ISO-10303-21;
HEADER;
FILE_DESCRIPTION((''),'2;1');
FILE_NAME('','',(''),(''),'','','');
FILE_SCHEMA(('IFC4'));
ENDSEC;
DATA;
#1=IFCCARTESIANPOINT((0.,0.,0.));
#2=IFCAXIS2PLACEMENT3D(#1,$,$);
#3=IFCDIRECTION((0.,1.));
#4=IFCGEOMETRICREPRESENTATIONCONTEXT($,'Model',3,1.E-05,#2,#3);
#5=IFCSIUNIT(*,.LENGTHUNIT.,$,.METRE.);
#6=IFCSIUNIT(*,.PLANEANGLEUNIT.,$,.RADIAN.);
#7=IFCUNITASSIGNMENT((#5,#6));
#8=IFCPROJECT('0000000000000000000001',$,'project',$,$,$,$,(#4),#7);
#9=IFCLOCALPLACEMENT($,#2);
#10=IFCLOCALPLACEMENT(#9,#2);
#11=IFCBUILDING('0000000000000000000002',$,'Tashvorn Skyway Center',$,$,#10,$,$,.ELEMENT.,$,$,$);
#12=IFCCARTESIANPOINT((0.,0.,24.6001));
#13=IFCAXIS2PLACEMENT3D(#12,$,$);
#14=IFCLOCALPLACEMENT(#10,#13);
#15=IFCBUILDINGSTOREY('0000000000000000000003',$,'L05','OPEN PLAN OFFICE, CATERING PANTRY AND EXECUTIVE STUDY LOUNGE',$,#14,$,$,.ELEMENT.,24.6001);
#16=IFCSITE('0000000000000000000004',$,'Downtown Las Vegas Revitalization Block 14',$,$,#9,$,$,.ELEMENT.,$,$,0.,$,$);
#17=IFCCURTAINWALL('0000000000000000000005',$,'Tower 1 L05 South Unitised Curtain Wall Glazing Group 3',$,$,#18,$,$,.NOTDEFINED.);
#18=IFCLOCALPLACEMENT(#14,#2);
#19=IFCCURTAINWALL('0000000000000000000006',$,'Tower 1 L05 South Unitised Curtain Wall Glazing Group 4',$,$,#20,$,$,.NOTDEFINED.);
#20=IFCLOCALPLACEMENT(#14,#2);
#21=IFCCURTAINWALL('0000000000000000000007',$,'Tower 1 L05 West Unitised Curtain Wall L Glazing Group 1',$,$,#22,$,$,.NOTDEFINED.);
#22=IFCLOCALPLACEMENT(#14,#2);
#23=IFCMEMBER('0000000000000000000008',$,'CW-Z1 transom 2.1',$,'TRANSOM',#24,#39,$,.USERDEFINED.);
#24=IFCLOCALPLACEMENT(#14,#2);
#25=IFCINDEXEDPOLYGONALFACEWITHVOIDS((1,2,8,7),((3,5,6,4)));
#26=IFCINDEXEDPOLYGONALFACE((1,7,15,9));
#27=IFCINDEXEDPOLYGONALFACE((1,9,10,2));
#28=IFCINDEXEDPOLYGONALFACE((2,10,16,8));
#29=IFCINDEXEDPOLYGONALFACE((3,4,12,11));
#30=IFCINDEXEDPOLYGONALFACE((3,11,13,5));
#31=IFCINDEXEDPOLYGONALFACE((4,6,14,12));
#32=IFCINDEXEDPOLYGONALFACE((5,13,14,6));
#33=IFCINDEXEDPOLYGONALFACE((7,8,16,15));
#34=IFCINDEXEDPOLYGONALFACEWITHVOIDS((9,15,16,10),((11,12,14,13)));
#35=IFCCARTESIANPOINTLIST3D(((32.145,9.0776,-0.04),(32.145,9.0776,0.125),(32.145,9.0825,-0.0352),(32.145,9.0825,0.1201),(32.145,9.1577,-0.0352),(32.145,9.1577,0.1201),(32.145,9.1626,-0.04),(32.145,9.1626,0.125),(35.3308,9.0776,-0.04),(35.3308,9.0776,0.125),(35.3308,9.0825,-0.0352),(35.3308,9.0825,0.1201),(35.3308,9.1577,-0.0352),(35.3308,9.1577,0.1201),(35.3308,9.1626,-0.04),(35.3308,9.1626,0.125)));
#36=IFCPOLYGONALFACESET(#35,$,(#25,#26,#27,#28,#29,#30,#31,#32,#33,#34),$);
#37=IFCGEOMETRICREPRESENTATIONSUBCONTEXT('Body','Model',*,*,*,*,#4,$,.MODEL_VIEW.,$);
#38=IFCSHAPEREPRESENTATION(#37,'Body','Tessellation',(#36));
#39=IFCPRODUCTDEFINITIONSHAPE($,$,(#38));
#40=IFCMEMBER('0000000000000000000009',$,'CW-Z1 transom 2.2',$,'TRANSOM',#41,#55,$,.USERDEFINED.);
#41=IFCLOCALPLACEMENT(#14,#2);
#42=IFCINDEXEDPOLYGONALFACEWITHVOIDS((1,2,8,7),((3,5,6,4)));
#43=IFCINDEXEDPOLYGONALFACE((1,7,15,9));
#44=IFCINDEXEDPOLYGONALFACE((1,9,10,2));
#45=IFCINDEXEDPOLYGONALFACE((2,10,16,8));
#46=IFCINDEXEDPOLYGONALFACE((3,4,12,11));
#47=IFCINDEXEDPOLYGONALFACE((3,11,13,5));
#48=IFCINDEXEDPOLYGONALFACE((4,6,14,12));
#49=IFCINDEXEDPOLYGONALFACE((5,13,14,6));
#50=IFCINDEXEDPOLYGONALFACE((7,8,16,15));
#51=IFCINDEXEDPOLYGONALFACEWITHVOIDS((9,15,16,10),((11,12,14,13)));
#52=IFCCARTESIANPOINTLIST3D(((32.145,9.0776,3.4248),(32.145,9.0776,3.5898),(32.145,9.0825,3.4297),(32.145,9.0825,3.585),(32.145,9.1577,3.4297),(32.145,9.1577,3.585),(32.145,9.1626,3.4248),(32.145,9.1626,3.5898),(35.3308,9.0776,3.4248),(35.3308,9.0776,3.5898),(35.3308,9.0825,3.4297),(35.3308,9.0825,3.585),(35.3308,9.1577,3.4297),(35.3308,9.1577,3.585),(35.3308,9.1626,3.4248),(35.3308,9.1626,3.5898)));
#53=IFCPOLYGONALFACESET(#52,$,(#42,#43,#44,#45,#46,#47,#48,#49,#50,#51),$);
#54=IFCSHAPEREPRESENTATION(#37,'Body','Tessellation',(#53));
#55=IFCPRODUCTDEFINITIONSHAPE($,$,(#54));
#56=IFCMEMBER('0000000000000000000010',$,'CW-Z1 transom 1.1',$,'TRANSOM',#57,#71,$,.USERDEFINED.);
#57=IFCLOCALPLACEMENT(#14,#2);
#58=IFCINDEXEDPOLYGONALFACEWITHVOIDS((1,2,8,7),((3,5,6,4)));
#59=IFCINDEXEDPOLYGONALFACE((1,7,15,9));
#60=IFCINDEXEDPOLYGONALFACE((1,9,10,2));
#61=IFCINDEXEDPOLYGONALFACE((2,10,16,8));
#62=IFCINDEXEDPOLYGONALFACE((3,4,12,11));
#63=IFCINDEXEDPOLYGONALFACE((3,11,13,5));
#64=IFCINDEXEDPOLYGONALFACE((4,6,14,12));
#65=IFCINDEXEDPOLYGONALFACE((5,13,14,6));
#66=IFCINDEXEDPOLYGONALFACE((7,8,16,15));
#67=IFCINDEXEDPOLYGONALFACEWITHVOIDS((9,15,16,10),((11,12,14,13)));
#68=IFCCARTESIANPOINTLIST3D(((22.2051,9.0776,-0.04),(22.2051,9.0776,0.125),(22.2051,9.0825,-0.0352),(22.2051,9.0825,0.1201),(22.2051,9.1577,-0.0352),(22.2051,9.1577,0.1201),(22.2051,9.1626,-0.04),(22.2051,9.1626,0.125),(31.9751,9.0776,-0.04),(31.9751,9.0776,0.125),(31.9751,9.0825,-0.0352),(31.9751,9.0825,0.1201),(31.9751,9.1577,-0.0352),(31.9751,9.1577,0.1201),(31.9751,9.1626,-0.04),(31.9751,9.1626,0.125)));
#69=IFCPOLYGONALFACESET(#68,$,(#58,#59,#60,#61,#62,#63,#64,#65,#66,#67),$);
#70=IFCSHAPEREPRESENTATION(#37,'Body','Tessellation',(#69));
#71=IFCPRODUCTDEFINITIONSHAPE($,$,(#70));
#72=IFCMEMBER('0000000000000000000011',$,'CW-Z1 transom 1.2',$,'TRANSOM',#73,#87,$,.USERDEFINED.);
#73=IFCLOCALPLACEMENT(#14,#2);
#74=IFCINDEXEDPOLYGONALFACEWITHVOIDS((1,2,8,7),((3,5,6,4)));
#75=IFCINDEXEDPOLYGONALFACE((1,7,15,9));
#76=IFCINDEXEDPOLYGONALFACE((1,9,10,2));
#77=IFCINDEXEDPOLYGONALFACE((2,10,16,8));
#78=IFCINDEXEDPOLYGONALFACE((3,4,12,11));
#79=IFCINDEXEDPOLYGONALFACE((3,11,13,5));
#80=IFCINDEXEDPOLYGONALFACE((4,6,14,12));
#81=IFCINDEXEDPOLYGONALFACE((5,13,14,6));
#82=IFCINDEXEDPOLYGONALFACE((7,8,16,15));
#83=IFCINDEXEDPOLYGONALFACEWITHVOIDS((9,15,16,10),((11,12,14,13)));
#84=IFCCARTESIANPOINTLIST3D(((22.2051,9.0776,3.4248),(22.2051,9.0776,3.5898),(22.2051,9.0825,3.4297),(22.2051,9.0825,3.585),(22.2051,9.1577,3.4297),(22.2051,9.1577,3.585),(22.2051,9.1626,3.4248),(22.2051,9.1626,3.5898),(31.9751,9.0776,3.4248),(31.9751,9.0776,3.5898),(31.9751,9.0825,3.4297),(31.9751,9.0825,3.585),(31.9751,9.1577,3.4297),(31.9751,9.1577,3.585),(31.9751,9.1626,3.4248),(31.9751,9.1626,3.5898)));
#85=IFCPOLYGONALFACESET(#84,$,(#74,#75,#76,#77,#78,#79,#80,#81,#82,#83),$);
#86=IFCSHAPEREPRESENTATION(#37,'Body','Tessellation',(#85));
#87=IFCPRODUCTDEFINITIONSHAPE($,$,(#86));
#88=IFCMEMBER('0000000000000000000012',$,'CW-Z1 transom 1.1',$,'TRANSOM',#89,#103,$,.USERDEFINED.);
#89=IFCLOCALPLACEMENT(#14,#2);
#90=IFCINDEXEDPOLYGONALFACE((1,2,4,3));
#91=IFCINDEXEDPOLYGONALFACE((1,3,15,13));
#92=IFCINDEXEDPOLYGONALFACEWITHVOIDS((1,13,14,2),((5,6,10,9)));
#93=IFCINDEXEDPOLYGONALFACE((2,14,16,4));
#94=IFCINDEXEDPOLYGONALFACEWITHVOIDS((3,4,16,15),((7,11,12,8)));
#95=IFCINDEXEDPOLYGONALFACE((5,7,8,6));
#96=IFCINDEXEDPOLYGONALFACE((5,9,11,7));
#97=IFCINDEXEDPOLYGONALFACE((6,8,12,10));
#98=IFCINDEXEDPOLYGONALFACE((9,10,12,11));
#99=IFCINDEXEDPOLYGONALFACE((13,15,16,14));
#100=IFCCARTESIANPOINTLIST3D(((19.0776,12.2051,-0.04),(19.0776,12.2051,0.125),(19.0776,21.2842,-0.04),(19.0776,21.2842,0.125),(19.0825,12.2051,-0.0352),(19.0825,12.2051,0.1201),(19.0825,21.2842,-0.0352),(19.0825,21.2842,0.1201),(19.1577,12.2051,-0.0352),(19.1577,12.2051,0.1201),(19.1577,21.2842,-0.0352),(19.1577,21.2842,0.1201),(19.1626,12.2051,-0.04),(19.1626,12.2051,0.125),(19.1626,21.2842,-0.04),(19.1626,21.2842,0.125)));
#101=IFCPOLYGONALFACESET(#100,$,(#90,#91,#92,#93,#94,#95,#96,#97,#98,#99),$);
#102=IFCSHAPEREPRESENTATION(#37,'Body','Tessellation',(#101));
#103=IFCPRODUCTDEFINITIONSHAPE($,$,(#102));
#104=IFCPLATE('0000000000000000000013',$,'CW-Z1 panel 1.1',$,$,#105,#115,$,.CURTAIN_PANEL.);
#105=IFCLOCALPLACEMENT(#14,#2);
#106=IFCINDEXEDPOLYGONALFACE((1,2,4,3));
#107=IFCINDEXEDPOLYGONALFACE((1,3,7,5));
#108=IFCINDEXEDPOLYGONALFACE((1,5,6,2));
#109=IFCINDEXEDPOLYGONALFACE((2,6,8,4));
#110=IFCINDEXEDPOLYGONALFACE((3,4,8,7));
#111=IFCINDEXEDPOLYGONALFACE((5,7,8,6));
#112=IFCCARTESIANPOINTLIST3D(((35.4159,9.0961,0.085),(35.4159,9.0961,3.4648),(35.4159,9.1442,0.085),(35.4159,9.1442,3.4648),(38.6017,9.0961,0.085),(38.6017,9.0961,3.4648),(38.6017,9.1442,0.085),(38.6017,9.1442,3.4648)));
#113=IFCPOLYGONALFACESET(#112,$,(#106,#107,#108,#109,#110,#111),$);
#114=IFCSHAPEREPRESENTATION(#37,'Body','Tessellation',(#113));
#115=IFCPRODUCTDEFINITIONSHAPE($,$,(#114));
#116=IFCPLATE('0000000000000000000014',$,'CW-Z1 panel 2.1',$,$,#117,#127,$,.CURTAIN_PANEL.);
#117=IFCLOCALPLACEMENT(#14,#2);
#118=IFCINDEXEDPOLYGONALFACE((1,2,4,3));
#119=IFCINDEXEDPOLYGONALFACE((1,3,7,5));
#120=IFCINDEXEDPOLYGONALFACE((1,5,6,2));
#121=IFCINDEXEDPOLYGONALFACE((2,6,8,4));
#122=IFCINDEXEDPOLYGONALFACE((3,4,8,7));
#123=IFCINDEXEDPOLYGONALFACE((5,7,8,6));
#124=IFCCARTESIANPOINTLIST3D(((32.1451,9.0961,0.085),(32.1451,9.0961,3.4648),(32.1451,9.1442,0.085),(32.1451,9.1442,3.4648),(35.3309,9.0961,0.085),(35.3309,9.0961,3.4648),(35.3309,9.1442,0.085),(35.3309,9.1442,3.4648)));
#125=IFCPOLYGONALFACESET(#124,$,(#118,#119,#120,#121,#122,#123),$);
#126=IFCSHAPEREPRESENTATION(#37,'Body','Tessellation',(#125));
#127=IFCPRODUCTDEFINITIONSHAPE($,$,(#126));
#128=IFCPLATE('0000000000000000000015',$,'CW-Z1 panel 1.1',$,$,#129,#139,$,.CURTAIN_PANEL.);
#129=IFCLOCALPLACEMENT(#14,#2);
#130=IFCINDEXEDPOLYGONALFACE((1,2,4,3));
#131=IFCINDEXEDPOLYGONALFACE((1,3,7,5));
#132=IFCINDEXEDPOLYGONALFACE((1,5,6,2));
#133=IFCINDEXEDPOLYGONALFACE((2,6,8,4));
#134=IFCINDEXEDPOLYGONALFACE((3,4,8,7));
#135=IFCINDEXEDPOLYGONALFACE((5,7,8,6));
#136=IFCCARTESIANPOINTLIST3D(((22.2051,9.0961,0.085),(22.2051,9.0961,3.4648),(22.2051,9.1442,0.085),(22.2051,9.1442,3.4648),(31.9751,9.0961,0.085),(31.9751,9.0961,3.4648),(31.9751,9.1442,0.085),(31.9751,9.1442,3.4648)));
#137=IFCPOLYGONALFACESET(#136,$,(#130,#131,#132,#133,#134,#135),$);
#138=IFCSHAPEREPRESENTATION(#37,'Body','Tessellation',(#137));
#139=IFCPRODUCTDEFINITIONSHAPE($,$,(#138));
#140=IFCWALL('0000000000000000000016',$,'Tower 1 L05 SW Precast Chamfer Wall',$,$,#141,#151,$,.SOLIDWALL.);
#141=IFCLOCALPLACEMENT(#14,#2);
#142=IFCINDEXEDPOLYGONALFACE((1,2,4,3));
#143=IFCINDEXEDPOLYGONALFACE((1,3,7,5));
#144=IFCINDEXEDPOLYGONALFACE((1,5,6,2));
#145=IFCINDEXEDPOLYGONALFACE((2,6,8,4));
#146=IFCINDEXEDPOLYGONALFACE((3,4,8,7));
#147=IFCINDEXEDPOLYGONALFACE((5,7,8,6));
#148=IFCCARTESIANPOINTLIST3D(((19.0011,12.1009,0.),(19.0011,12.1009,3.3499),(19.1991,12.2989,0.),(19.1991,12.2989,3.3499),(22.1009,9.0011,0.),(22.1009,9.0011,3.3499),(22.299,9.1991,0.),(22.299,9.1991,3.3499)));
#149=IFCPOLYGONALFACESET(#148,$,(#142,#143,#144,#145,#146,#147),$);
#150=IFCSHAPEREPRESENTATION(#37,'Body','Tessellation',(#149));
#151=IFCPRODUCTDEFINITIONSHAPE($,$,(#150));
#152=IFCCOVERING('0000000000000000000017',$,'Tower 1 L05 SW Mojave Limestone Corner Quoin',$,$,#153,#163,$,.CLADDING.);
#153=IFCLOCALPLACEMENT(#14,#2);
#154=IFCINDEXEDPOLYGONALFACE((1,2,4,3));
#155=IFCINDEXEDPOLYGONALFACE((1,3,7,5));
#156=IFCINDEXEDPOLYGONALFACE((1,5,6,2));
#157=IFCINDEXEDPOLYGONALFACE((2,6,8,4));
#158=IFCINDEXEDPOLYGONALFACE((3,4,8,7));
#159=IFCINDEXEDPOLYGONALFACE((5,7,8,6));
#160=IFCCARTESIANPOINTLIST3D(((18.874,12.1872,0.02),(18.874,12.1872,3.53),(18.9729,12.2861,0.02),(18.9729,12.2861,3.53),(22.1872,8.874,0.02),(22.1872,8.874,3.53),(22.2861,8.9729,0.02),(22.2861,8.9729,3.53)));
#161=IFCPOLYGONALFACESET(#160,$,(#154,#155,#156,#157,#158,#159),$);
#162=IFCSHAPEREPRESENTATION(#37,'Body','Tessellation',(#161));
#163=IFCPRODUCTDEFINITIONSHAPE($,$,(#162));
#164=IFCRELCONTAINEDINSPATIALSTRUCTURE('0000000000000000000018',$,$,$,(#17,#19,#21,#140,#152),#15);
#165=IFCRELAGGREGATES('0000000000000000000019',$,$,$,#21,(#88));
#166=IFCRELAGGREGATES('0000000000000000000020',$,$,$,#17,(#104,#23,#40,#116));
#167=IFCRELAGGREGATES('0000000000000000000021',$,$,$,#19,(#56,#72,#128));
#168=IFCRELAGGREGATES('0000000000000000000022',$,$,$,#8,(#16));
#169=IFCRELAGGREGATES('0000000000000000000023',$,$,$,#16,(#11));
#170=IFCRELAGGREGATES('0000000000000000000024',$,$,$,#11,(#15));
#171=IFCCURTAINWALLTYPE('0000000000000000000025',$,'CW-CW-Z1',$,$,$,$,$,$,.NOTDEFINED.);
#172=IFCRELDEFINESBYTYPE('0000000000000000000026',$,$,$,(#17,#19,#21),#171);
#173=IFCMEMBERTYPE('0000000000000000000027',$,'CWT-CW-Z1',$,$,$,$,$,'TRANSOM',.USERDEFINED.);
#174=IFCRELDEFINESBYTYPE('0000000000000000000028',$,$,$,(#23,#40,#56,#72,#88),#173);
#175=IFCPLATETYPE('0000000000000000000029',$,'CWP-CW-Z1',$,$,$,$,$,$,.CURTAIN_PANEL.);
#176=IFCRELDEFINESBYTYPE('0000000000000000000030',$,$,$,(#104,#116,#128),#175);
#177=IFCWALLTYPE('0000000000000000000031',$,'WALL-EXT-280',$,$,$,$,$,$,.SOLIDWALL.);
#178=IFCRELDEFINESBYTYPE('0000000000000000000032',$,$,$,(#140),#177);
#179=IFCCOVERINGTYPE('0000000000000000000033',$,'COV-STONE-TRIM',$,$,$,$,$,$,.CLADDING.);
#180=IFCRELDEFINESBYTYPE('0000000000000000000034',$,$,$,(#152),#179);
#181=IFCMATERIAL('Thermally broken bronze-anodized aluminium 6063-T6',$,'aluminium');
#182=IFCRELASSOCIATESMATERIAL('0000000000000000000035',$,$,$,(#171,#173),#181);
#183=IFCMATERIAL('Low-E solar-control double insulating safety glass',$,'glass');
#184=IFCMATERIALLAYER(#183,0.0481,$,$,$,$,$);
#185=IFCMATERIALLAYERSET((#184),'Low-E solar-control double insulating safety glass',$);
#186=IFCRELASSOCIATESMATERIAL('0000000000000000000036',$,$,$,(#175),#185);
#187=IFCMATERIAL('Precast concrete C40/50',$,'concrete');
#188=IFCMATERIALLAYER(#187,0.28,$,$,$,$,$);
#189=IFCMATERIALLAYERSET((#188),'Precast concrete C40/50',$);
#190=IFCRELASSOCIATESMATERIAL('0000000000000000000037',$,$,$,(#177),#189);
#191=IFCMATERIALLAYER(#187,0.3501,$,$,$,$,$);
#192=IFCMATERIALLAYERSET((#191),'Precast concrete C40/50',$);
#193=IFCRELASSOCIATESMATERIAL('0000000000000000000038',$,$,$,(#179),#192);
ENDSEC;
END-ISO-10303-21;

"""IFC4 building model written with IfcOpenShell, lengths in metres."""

from ifc_helpers import new_model, si_unit, direction, frame, frame_2d, origin, origin_2d, place, context, subcontext, project, spatial, rectangle, hollow_rectangle, extrude, material, layer, layer_set, material_profile, profile_set, type_object, element, aggregate, save


model = new_model("IFC4")

# Units and contexts
model_context = context("Model", 3, precision=1e-05, world=origin(), true_north=direction((0.0, 1.0)))
body_context = subcontext(model_context, "Body", "Model", "MODEL_VIEW")
ifc_project = project(units=[si_unit("LENGTHUNIT", "METRE"), si_unit("PLANEANGLEUNIT", "RADIAN")], contexts=[model_context])

# Site, building, storey
site_placement = place(None, origin())
site = spatial("IfcSite", under=ifc_project, at=site_placement, Name="Downtown Las Vegas Revitalization Block 14", CompositionType="ELEMENT", RefElevation=0.0)
building_placement = place(site_placement, origin())
building = spatial("IfcBuilding", under=site, at=building_placement, Name="Tashvorn Skyway Center", CompositionType="ELEMENT")
storey_placement = place(building_placement, frame((0.0, 0.0, 24.6001)))
storey = spatial("IfcBuildingStorey", under=building, at=storey_placement, Name="L05", Description="OPEN PLAN OFFICE, CATERING PANTRY AND EXECUTIVE STUDY LOUNGE", CompositionType="ELEMENT", Elevation=24.6001)

# Curtain walls
ifc_material_1 = material(Name="Thermally broken bronze-anodized aluminium 6063-T6", Category="aluminium")
curtain_wall_type = type_object("IfcCurtainWallType", Name="CW-CW-Z1", PredefinedType="NOTDEFINED", material=ifc_material_1)
curtain_wall_1_placement = place(storey_placement, origin())
curtain_wall_1 = element("IfcCurtainWall", 1, at=curtain_wall_1_placement, inside=storey, type_object=curtain_wall_type, Name="Tower 1 L05 South Unitised Curtain Wall Glazing Group 3", PredefinedType="NOTDEFINED")
curtain_wall_2_placement = place(storey_placement, origin())
curtain_wall_2 = element("IfcCurtainWall", 2, at=curtain_wall_2_placement, inside=storey, type_object=curtain_wall_type, Name="Tower 1 L05 South Unitised Curtain Wall Glazing Group 4", PredefinedType="NOTDEFINED")

# Curtain wall
curtain_wall_3_placement = place(storey_placement, origin())
curtain_wall_3 = element("IfcCurtainWall", 3, at=curtain_wall_3_placement, inside=storey, type_object=curtain_wall_type, Name="Tower 1 L05 West Unitised Curtain Wall L Glazing Group 1", PredefinedType="NOTDEFINED")

# Members
ifc_material_profile_1 = material_profile(ifc_material_1, hollow_rectangle(XDim=0.085, YDim=0.165, WallThickness=0.0049, at=origin_2d()), Name="ALU-TRAN-85x165")
ifc_profile_set_1 = profile_set([ifc_material_profile_1], Name="Thermally broken bronze-anodized aluminium 6063-T6")
member_type_1 = type_object("IfcMemberType", Name="CWT-CW-Z1", ElementType="TRANSOM", PredefinedType="USERDEFINED", material=ifc_profile_set_1)
member_1_placement = place(storey_placement, frame((35.3308, 9.1201, 0.0425), z_axis=(-1.0, 0.0, 0.0), x_axis=(0.0, -1.0, 0.0)))
member_1 = element("IfcMember", 4, at=member_1_placement, type_object=member_type_1, Name="CW-Z1 transom 2.1", ObjectType="TRANSOM", PredefinedType="USERDEFINED", context=body_context, shape_type="SweptSolid", body=[
    extrude(hollow_rectangle(XDim=0.085, YDim=0.165, WallThickness=0.0049, at=origin_2d()), origin(), (0.0, 0.0, 1.0), 3.1858),
])
member_2_placement = place(storey_placement, frame((35.3308, 9.1201, 3.5073), z_axis=(-1.0, 0.0, 0.0), x_axis=(0.0, -1.0, 0.0)))
member_2 = element("IfcMember", 5, at=member_2_placement, type_object=member_type_1, Name="CW-Z1 transom 2.2", ObjectType="TRANSOM", PredefinedType="USERDEFINED", context=body_context, shape_type="SweptSolid", body=[
    extrude(hollow_rectangle(XDim=0.085, YDim=0.165, WallThickness=0.0049, at=origin_2d()), origin(), (0.0, 0.0, 1.0), 3.1858),
])
member_3_placement = place(storey_placement, frame((31.9751, 9.1201, 0.0425), z_axis=(-1.0, 0.0, 0.0), x_axis=(0.0, -1.0, 0.0)))
member_3 = element("IfcMember", 6, at=member_3_placement, type_object=member_type_1, Name="CW-Z1 transom 1.1", ObjectType="TRANSOM", PredefinedType="USERDEFINED", context=body_context, shape_type="SweptSolid", body=[
    extrude(hollow_rectangle(XDim=0.085, YDim=0.165, WallThickness=0.0049, at=origin_2d()), origin(), (0.0, 0.0, 1.0), 9.77),
])
member_4_placement = place(storey_placement, frame((31.9751, 9.1201, 3.5073), z_axis=(-1.0, 0.0, 0.0), x_axis=(0.0, -1.0, 0.0)))
member_4 = element("IfcMember", 7, at=member_4_placement, type_object=member_type_1, Name="CW-Z1 transom 1.2", ObjectType="TRANSOM", PredefinedType="USERDEFINED", context=body_context, shape_type="SweptSolid", body=[
    extrude(hollow_rectangle(XDim=0.085, YDim=0.165, WallThickness=0.0049, at=origin_2d()), origin(), (0.0, 0.0, 1.0), 9.77),
])
member_5_placement = place(storey_placement, frame((19.1201, 12.2051, 0.0425), z_axis=(0.0, 1.0, 0.0), x_axis=(-1.0, 0.0, 0.0)))
member_5 = element("IfcMember", 8, at=member_5_placement, type_object=member_type_1, Name="CW-Z1 transom 1.1", ObjectType="TRANSOM", PredefinedType="USERDEFINED", context=body_context, shape_type="SweptSolid", body=[
    extrude(hollow_rectangle(XDim=0.085, YDim=0.165, WallThickness=0.0049, at=origin_2d()), origin(), (0.0, 0.0, 1.0), 9.0791),
])
aggregate(curtain_wall_3, [member_5])

# Plates
ifc_material_2 = material(Name="Low-E solar-control double insulating safety glass", Category="glass")
ifc_layer_1 = layer(ifc_material_2, 0.0481)
ifc_layer_set_1 = layer_set([ifc_layer_1], Name="Low-E solar-control double insulating safety glass")
plate_type = type_object("IfcPlateType", Name="CWP-CW-Z1", PredefinedType="CURTAIN_PANEL", material=ifc_layer_set_1)
plate_1_placement = place(storey_placement, frame((37.0088, 9.1201, 0.085), z_axis=(0.0, 0.0, 1.0), x_axis=(-1.0, 0.0, 0.0)))
plate_1 = element("IfcPlate", 9, at=plate_1_placement, type_object=plate_type, Name="CW-Z1 panel 1.1", PredefinedType="CURTAIN_PANEL", context=body_context, shape_type="SweptSolid", body=[
    extrude(rectangle(XDim=3.1858, YDim=0.0481, at=origin_2d()), origin(), (0.0, 0.0, 1.0), 3.3799),
])
plate_2_placement = place(storey_placement, frame((33.738, 9.1201, 0.085), z_axis=(0.0, 0.0, 1.0), x_axis=(-1.0, 0.0, 0.0)))
plate_2 = element("IfcPlate", 10, at=plate_2_placement, type_object=plate_type, Name="CW-Z1 panel 2.1", PredefinedType="CURTAIN_PANEL", context=body_context, shape_type="SweptSolid", body=[
    extrude(rectangle(XDim=3.1858, YDim=0.0481, at=origin_2d()), origin(), (0.0, 0.0, 1.0), 3.3799),
])
aggregate(curtain_wall_1, [plate_1, member_1, member_2, plate_2])
plate_3_placement = place(storey_placement, frame((27.0901, 9.1201, 0.085), z_axis=(0.0, 0.0, 1.0), x_axis=(-1.0, 0.0, 0.0)))
plate_3 = element("IfcPlate", 11, at=plate_3_placement, type_object=plate_type, Name="CW-Z1 panel 1.1", PredefinedType="CURTAIN_PANEL", context=body_context, shape_type="SweptSolid", body=[
    extrude(rectangle(XDim=9.77, YDim=0.0481, at=origin_2d()), origin(), (0.0, 0.0, 1.0), 3.3799),
])
aggregate(curtain_wall_2, [member_3, member_4, plate_3])

# Wall
ifc_material_3 = material(Name="Precast concrete C40/50", Category="concrete")
ifc_layer_2 = layer(ifc_material_3, 0.28)
ifc_layer_set_2 = layer_set([ifc_layer_2], Name="Precast concrete C40/50")
wall_type = type_object("IfcWallType", Name="WALL-EXT-280", PredefinedType="SOLIDWALL", material=ifc_layer_set_2)
wall_placement = place(storey_placement, frame((22.2, 9.1001, 0.0), z_axis=(0.0, 0.0, 1.0), x_axis=(-0.707107, 0.707107, 0.0)))
element("IfcWall", 12, at=wall_placement, inside=storey, type_object=wall_type, Name="Tower 1 L05 SW Precast Chamfer Wall", PredefinedType="SOLIDWALL", context=body_context, shape_type="SweptSolid", body=[
    extrude(rectangle(XDim=4.3838, YDim=0.28, at=frame_2d((2.1919, 0.0))), origin(), (0.0, 0.0, 1.0), 3.3499),
])

# Covering
ifc_layer_3 = layer(ifc_material_3, 0.3501)
ifc_layer_set_3 = layer_set([ifc_layer_3], Name="Precast concrete C40/50")
covering_type = type_object("IfcCoveringType", Name="COV-STONE-TRIM", PredefinedType="CLADDING", material=ifc_layer_set_3)
covering_placement = place(storey_placement, frame((20.5801, 10.5801, 0.02), z_axis=(0.0, 0.0, 1.0), x_axis=(-0.707107, 0.707107, 0.0)))
element("IfcCovering", 13, at=covering_placement, inside=storey, type_object=covering_type, Name="Tower 1 L05 SW Mojave Limestone Corner Quoin", PredefinedType="CLADDING", context=body_context, shape_type="SweptSolid", body=[
    extrude(rectangle(XDim=4.6855, YDim=0.1399, at=origin_2d()), origin(), (0.0, 0.0, 1.0), 3.51),
])

save(model, "model.ifc")
